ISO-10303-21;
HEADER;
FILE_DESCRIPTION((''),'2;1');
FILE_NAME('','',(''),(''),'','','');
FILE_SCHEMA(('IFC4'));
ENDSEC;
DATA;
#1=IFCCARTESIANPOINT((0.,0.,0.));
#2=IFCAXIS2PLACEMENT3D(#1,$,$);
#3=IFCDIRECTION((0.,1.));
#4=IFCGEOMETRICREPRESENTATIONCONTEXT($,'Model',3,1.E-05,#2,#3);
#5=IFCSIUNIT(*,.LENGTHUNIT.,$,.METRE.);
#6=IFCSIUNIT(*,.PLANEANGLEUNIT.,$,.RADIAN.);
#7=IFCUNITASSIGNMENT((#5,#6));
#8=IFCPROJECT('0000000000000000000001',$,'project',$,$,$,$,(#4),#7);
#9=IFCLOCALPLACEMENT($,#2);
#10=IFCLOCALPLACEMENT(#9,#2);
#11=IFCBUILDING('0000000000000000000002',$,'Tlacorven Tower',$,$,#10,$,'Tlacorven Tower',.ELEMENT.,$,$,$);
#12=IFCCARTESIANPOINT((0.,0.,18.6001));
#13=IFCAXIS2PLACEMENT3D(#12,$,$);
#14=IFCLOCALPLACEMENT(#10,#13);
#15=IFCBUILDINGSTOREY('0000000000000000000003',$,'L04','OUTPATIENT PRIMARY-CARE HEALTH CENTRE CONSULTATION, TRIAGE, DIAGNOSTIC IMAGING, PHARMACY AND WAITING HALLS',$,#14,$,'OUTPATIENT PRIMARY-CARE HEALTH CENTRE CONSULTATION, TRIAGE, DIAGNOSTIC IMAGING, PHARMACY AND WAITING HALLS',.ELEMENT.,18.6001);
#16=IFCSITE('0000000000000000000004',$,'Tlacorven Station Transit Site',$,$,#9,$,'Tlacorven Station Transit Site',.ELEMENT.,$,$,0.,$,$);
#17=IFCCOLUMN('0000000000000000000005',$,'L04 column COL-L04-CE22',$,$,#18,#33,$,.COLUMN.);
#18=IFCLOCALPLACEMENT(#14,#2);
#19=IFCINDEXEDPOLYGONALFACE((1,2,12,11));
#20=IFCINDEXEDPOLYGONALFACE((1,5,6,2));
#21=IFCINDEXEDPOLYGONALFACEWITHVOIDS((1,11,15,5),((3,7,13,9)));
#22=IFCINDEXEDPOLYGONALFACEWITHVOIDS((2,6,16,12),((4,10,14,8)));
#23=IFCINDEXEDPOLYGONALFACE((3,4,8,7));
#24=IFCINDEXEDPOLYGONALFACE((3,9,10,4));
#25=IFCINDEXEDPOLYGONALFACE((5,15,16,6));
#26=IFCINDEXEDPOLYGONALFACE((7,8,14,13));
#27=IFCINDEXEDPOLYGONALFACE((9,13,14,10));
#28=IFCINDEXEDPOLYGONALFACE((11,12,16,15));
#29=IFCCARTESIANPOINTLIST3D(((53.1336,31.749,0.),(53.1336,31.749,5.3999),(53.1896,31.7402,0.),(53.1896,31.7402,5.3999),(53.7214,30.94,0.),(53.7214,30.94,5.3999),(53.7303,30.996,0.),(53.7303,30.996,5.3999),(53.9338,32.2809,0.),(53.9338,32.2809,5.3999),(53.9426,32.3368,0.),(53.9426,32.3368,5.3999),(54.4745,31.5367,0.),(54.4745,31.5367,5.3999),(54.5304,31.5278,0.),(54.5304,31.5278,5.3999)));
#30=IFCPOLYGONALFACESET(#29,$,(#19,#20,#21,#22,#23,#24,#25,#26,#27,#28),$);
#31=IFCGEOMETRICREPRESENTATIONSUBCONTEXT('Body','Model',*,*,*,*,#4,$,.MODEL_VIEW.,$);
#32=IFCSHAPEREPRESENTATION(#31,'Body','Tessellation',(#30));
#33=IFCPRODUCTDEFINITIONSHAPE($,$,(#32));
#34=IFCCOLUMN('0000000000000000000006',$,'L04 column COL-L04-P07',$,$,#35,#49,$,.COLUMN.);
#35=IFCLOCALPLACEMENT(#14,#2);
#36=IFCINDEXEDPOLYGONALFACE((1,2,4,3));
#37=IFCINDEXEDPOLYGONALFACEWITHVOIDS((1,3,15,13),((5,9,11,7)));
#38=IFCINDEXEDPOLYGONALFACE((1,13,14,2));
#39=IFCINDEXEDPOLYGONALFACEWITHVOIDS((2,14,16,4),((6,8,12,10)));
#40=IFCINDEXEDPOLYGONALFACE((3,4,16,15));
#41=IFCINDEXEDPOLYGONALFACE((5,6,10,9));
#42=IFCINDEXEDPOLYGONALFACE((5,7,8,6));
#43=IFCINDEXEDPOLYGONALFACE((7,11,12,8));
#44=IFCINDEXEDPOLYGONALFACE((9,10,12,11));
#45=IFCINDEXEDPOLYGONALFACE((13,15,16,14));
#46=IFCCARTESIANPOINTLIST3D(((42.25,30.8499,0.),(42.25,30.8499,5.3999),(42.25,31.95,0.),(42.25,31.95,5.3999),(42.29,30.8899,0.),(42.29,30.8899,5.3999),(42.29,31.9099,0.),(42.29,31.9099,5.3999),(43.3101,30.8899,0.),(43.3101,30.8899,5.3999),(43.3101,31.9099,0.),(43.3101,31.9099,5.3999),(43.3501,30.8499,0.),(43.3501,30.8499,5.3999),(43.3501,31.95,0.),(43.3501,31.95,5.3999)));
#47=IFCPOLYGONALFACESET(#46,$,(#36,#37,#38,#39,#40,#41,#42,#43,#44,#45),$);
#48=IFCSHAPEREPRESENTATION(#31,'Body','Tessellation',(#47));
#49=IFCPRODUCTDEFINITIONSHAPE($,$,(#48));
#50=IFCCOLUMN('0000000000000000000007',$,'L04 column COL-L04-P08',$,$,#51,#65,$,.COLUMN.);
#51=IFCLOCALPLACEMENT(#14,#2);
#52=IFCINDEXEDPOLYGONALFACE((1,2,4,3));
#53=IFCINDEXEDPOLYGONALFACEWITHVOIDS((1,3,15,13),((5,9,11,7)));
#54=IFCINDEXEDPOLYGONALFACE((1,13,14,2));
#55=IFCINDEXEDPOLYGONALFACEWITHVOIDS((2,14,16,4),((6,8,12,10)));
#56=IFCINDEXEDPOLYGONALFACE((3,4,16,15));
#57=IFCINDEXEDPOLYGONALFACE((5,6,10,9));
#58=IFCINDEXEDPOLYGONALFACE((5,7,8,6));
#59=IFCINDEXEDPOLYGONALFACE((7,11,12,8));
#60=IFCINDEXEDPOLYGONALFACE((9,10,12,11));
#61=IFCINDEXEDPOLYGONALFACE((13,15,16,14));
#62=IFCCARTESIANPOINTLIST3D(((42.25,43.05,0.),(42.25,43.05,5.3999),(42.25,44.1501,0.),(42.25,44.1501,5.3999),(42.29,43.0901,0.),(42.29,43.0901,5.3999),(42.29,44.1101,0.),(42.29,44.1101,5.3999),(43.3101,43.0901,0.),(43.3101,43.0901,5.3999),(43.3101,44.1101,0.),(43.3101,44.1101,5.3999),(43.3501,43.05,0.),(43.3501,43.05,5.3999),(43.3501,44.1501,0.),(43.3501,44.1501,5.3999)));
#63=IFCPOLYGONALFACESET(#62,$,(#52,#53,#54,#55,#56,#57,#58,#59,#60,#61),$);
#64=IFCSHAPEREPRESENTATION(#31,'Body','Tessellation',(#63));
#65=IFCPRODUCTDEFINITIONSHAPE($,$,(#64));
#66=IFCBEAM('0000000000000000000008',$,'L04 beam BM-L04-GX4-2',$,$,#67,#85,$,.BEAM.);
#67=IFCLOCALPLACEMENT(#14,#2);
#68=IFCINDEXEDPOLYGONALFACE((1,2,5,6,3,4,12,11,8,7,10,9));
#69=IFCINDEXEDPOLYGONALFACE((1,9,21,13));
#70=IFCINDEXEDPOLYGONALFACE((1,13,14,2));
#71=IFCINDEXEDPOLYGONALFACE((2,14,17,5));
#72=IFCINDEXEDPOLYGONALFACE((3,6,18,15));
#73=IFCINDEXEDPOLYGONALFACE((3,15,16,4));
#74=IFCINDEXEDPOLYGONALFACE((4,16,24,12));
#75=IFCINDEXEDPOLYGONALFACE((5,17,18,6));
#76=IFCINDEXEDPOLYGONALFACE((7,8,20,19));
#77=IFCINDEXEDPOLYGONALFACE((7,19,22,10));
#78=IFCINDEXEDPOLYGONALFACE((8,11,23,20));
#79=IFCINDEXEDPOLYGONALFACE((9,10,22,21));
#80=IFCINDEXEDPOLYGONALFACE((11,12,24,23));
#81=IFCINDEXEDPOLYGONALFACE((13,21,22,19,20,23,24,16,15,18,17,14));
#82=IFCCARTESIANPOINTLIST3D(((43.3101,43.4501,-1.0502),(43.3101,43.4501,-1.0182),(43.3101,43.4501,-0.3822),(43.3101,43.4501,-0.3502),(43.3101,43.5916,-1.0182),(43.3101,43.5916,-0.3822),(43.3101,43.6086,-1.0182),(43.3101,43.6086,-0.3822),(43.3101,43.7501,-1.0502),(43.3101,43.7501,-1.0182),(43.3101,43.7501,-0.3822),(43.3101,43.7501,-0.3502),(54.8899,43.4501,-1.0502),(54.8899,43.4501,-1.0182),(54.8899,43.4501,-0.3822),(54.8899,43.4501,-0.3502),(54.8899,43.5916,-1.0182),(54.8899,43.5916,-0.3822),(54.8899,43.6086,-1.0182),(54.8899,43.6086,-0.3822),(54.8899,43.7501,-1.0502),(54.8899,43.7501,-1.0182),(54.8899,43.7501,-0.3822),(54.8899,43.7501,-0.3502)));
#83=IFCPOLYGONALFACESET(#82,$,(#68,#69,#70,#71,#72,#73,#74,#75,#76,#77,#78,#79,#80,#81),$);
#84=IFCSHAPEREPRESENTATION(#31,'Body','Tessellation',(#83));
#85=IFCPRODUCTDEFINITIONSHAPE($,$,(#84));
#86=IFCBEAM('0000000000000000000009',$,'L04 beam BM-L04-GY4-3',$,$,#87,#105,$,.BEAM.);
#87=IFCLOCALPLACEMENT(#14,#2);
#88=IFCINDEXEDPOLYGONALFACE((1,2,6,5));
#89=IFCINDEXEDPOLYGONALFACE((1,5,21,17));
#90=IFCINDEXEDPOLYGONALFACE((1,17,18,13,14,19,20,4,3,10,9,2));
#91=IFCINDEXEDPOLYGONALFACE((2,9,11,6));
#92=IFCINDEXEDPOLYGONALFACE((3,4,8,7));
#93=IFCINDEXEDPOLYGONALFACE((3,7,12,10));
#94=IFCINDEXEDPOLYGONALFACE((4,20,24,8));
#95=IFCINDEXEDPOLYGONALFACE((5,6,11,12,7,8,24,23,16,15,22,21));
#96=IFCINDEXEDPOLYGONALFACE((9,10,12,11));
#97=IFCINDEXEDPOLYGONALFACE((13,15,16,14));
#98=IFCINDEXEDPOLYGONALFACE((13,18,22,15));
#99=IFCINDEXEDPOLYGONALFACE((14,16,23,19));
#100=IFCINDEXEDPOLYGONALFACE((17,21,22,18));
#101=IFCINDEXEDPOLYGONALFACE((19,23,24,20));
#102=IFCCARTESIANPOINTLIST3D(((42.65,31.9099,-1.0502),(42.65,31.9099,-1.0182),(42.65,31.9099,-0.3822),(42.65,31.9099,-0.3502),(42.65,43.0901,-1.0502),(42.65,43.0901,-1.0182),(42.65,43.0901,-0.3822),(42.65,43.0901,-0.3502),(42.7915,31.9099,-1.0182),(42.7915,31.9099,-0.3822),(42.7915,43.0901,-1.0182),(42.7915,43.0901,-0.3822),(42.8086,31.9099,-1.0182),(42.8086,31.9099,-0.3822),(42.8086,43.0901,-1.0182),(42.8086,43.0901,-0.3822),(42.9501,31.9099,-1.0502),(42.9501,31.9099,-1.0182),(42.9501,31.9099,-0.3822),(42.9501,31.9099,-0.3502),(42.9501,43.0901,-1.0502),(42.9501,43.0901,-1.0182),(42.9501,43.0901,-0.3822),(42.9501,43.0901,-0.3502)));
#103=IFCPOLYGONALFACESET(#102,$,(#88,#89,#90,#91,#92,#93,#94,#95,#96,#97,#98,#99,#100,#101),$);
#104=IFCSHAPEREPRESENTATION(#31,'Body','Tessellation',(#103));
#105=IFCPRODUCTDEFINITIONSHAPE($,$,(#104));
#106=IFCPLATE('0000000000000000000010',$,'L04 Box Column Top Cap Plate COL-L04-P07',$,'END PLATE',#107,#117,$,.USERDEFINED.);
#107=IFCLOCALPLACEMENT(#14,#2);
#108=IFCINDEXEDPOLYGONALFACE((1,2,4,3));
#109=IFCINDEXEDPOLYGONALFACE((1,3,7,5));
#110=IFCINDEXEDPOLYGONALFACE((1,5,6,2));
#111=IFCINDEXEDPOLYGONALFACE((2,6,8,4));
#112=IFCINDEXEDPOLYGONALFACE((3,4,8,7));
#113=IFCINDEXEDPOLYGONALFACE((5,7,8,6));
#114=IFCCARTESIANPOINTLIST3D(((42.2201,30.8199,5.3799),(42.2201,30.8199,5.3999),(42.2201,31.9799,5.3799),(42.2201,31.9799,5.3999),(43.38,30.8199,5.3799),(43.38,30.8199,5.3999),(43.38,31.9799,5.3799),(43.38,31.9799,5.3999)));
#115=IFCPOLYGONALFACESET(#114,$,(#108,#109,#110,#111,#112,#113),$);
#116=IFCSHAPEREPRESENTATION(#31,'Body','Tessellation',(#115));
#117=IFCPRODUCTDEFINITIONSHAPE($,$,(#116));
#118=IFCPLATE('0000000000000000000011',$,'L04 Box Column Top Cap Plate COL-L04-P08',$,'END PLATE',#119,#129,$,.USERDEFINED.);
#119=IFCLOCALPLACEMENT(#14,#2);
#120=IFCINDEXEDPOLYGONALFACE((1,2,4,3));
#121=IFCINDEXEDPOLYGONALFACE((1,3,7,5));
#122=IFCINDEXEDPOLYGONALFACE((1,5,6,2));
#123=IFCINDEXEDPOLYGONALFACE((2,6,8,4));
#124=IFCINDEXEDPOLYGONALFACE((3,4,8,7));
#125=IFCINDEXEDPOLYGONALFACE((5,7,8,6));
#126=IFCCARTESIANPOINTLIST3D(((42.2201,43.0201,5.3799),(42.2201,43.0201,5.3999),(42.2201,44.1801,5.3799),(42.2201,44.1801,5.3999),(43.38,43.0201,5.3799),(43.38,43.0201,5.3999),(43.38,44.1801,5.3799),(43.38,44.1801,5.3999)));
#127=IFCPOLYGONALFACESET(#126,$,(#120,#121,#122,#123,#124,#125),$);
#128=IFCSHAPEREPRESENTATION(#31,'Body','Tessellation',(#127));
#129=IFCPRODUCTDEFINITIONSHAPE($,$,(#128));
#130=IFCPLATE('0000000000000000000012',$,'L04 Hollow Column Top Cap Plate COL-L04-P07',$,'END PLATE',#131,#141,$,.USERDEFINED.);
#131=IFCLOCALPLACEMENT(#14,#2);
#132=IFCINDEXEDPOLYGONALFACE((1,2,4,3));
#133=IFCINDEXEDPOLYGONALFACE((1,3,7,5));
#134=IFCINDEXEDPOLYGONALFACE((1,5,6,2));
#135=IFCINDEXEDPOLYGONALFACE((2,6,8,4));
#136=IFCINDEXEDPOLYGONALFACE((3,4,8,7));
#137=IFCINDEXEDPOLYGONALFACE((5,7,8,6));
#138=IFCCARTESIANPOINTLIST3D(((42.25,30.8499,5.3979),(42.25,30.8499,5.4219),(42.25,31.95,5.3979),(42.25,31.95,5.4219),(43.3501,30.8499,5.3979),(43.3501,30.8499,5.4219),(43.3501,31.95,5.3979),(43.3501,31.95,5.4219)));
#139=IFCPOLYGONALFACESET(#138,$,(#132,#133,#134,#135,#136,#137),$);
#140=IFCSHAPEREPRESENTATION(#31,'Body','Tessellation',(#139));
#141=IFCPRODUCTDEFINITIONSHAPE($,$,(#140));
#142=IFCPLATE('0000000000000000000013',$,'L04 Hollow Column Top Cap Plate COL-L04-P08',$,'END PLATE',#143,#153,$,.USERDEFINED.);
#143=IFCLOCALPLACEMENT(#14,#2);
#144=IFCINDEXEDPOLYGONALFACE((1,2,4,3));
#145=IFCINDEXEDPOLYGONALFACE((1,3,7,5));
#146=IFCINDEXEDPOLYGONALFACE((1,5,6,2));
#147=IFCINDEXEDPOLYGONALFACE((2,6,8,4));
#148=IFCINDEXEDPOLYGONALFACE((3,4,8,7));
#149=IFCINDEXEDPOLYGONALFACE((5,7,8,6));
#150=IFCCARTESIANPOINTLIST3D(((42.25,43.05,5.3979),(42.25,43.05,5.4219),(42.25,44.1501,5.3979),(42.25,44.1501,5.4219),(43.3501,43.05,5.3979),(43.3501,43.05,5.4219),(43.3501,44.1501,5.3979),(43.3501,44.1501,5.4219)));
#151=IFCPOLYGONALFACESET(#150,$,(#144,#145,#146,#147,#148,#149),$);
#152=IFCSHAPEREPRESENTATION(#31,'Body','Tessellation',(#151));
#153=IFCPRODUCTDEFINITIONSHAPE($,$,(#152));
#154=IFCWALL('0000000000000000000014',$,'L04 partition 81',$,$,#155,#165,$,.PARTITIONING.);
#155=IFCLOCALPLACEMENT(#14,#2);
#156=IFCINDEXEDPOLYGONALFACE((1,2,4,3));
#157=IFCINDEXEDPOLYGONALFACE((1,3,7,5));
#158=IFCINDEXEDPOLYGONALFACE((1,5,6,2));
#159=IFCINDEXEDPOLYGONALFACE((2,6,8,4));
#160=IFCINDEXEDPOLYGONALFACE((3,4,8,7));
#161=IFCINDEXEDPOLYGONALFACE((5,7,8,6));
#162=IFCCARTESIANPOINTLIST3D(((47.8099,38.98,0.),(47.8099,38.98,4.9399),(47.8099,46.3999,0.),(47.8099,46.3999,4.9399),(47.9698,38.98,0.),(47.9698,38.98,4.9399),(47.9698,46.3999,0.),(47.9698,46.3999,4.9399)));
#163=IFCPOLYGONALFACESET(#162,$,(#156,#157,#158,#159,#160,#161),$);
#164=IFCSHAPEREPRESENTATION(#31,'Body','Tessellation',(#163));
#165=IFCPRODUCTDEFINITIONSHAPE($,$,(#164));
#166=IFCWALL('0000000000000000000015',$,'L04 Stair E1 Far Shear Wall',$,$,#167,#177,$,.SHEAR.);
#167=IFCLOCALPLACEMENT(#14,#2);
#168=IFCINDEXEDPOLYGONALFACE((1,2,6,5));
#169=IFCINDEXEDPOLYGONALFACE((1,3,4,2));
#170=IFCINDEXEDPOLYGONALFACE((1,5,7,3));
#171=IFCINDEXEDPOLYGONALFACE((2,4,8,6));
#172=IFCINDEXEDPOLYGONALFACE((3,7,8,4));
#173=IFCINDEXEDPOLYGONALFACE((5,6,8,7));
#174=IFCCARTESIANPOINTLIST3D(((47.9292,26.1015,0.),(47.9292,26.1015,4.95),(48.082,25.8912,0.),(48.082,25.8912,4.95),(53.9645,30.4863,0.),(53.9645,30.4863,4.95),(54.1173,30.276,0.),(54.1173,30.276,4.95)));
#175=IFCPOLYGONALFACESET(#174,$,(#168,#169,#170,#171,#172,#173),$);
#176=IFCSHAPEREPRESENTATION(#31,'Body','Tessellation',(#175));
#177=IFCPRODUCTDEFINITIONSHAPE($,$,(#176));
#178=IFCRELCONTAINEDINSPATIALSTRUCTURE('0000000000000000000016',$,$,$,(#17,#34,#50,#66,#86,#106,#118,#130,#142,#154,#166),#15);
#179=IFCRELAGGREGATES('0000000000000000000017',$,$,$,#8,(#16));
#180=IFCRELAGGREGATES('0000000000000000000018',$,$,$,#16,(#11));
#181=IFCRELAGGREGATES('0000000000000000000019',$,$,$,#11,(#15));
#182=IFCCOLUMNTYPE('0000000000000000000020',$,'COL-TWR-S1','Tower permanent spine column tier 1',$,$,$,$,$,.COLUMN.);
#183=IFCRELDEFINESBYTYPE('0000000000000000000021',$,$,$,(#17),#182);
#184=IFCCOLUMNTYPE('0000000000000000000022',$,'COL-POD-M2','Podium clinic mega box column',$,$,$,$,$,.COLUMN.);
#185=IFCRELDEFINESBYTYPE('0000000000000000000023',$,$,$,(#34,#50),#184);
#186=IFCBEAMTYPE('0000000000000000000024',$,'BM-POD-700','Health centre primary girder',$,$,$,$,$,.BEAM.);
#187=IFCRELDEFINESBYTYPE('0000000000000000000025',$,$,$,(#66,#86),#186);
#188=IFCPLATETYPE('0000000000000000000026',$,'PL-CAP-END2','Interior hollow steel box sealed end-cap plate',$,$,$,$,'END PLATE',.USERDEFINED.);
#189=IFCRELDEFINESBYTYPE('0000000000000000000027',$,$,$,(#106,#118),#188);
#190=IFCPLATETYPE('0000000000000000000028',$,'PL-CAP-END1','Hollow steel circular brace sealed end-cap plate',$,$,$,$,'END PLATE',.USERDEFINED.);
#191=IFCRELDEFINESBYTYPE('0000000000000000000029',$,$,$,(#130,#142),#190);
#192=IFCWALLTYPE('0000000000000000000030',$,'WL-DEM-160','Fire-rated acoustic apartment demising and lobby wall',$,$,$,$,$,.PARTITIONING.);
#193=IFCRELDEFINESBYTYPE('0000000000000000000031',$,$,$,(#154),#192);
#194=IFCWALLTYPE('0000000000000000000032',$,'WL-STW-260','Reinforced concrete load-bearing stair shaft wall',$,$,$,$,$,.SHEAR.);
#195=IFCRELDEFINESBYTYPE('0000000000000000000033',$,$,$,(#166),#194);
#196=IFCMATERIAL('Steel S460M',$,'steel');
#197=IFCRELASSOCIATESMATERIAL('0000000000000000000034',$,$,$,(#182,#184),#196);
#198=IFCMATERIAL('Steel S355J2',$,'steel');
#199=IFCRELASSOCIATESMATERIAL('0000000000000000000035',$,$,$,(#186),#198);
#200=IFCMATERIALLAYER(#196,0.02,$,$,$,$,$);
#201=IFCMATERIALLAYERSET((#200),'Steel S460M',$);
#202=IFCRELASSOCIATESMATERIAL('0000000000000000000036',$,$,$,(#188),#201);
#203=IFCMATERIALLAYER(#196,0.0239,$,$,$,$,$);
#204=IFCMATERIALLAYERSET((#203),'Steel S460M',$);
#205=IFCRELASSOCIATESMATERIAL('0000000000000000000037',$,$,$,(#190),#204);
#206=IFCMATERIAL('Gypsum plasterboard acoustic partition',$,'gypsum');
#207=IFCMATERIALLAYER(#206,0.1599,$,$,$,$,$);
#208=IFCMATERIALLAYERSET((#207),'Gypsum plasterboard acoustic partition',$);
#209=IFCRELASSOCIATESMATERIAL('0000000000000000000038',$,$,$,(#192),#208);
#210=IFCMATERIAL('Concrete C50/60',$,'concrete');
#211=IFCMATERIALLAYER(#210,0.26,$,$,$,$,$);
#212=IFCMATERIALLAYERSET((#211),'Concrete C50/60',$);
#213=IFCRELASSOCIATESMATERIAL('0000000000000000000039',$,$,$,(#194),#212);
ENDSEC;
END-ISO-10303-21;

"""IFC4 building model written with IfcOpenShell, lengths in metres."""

from ifc_helpers import new_model, si_unit, direction, frame, frame_2d, origin, origin_2d, place, context, subcontext, project, spatial, rectangle, hollow_rectangle, i_section, extrude, source, transform, mapped, material, layer, layer_set, material_profile, profile_set, type_object, element, save


model = new_model("IFC4")

# Units and contexts
model_context = context("Model", 3, precision=1e-05, world=origin(), true_north=direction((0.0, 1.0)))
body_context = subcontext(model_context, "Body", "Model", "MODEL_VIEW")
ifc_project = project(units=[si_unit("LENGTHUNIT", "METRE"), si_unit("PLANEANGLEUNIT", "RADIAN")], contexts=[model_context])

# Site, building, storey
site_placement = place(None, origin())
site = spatial("IfcSite", under=ifc_project, at=site_placement, Name="Tlacorven Station Transit Site", LongName="Tlacorven Station Transit Site", CompositionType="ELEMENT", RefElevation=0.0)
building_placement = place(site_placement, origin())
building = spatial("IfcBuilding", under=site, at=building_placement, Name="Tlacorven Tower", LongName="Tlacorven Tower", CompositionType="ELEMENT")
storey_placement = place(building_placement, frame((0.0, 0.0, 18.6001)))
storey = spatial("IfcBuildingStorey", under=building, at=storey_placement, Name="L04", Description="OUTPATIENT PRIMARY-CARE HEALTH CENTRE CONSULTATION, TRIAGE, DIAGNOSTIC IMAGING, PHARMACY AND WAITING HALLS", LongName="OUTPATIENT PRIMARY-CARE HEALTH CENTRE CONSULTATION, TRIAGE, DIAGNOSTIC IMAGING, PHARMACY AND WAITING HALLS", CompositionType="ELEMENT", Elevation=18.6001)

# Columns
ifc_material_1 = material(Name="Steel S460M", Category="steel")
ifc_material_profile_1 = material_profile(ifc_material_1, hollow_rectangle(XDim=1.0, YDim=1.0, WallThickness=0.04, at=origin_2d()), Name="BOX 1000X1000X40")
ifc_profile_set_1 = profile_set([ifc_material_profile_1], Name="Steel S460M")
column_type_1 = type_object("IfcColumnType", Name="COL-TWR-S1", Description="Tower permanent spine column tier 1", PredefinedType="COLUMN", material=ifc_profile_set_1)
shared_shape_1 = source(origin(), body_context, "Body", "SweptSolid", [
    extrude(hollow_rectangle(XDim=1.0, YDim=1.0, WallThickness=0.04, at=origin_2d()), origin(), (0.0, 0.0, 1.0), 5.3999),
])
column_placement = place(storey_placement, frame((53.832, 31.6384, 0.0), z_axis=(0.0, 0.0, 1.0), x_axis=(0.809017, 0.587785, 0.0)))
element("IfcColumn", 1, at=column_placement, inside=storey, type_object=column_type_1, Name="L04 column COL-L04-CE22", PredefinedType="COLUMN", context=body_context, shape_type="MappedRepresentation", body=[
    mapped(shared_shape_1, transform((0.0, 0.0, 0.0), scale=1.0)),
])
ifc_material_profile_2 = material_profile(ifc_material_1, hollow_rectangle(XDim=1.1001, YDim=1.1001, WallThickness=0.04, at=origin_2d()), Name="BOX 1100X1100X40")
ifc_profile_set_2 = profile_set([ifc_material_profile_2], Name="Steel S460M")
column_type_2 = type_object("IfcColumnType", Name="COL-POD-M2", Description="Podium clinic mega box column", PredefinedType="COLUMN", material=ifc_profile_set_2)
shared_shape_2 = source(origin(), body_context, "Body", "SweptSolid", [
    extrude(hollow_rectangle(XDim=1.1001, YDim=1.1001, WallThickness=0.04, at=origin_2d()), origin(), (0.0, 0.0, 1.0), 5.3999),
])
for number, where, z_axis, x_axis, name in (
    (2, (42.8, 31.3999, 0.0), (0.0, 0.0, 1.0), (1.0, 0.0, 0.0), "L04 column COL-L04-P07"),
    (3, (42.8, 43.6001, 0.0), (0.0, 0.0, 1.0), (1.0, 0.0, 0.0), "L04 column COL-L04-P08"),
):
    element("IfcColumn", number, at=place(storey_placement, frame(where, z_axis=z_axis, x_axis=x_axis)), inside=storey, type_object=column_type_2, Name=name, PredefinedType="COLUMN", context=body_context, shape_type="MappedRepresentation", body=[
        mapped(shared_shape_2, transform((0.0, 0.0, 0.0), scale=1.0)),
    ])

# Beams
ifc_material_2 = material(Name="Steel S355J2", Category="steel")
ifc_material_profile_3 = material_profile(ifc_material_2, i_section(OverallWidth=0.3, OverallDepth=0.7, WebThickness=0.0171, FlangeThickness=0.032, at=origin_2d()), Name="HEB 700")
ifc_profile_set_3 = profile_set([ifc_material_profile_3], Name="Steel S355J2")
beam_type = type_object("IfcBeamType", Name="BM-POD-700", Description="Health centre primary girder", PredefinedType="BEAM", material=ifc_profile_set_3)
shared_shape_3 = source(origin(), body_context, "Body", "SweptSolid", [
    extrude(i_section(OverallWidth=0.3, OverallDepth=0.7, WebThickness=0.0171, FlangeThickness=0.032, at=origin_2d()), origin(), (0.0, 0.0, 1.0), 11.5798),
])
beam_1_placement = place(storey_placement, frame((43.3101, 43.6001, -0.7002), z_axis=(1.0, 0.0, 0.0), x_axis=(0.0, 1.0, 0.0)))
element("IfcBeam", 4, at=beam_1_placement, inside=storey, type_object=beam_type, Name="L04 beam BM-L04-GX4-2", PredefinedType="BEAM", context=body_context, shape_type="MappedRepresentation", body=[
    mapped(shared_shape_3, transform((0.0, 0.0, 0.0), scale=1.0)),
])
shared_shape_4 = source(origin(), body_context, "Body", "SweptSolid", [
    extrude(i_section(OverallWidth=0.3, OverallDepth=0.7, WebThickness=0.0171, FlangeThickness=0.032, at=origin_2d()), origin(), (0.0, 0.0, 1.0), 11.1802),
])
beam_2_placement = place(storey_placement, frame((42.8, 31.9099, -0.7002), z_axis=(0.0, 1.0, 0.0), x_axis=(-1.0, 0.0, 0.0)))
element("IfcBeam", 5, at=beam_2_placement, inside=storey, type_object=beam_type, Name="L04 beam BM-L04-GY4-3", PredefinedType="BEAM", context=body_context, shape_type="MappedRepresentation", body=[
    mapped(shared_shape_4, transform((0.0, 0.0, 0.0), scale=1.0)),
])

# Plates
ifc_layer_1 = layer(ifc_material_1, 0.02)
ifc_layer_set_1 = layer_set([ifc_layer_1], Name="Steel S460M")
plate_type_1 = type_object("IfcPlateType", Name="PL-CAP-END2", Description="Interior hollow steel box sealed end-cap plate", ElementType="END PLATE", PredefinedType="USERDEFINED", material=ifc_layer_set_1)
shared_shape_5 = source(origin(), body_context, "Body", "SweptSolid", [
    extrude(rectangle(XDim=1.1599, YDim=1.1599, at=origin_2d()), origin(), (0.0, 0.0, 1.0), 0.02),
])
for number, where, z_axis, x_axis, name in (
    (6, (42.8, 31.3999, 5.3799), (0.0, 0.0, 1.0), (1.0, 0.0, 0.0), "L04 Box Column Top Cap Plate COL-L04-P07"),
    (7, (42.8, 43.6001, 5.3799), (0.0, 0.0, 1.0), (1.0, 0.0, 0.0), "L04 Box Column Top Cap Plate COL-L04-P08"),
):
    element("IfcPlate", number, at=place(storey_placement, frame(where, z_axis=z_axis, x_axis=x_axis)), inside=storey, type_object=plate_type_1, Name=name, ObjectType="END PLATE", PredefinedType="USERDEFINED", context=body_context, shape_type="MappedRepresentation", body=[
        mapped(shared_shape_5, transform((0.0, 0.0, 0.0), scale=1.0)),
    ])
ifc_layer_2 = layer(ifc_material_1, 0.0239)
ifc_layer_set_2 = layer_set([ifc_layer_2], Name="Steel S460M")
plate_type_2 = type_object("IfcPlateType", Name="PL-CAP-END1", Description="Hollow steel circular brace sealed end-cap plate", ElementType="END PLATE", PredefinedType="USERDEFINED", material=ifc_layer_set_2)
shared_shape_6 = source(origin(), body_context, "Body", "SweptSolid", [
    extrude(rectangle(XDim=1.1001, YDim=1.1001, at=origin_2d()), origin(), (0.0, 0.0, 1.0), 0.0239),
])
for number, where, z_axis, x_axis, name in (
    (8, (42.8, 31.3999, 5.3979), (0.0, 0.0, 1.0), (1.0, 0.0, 0.0), "L04 Hollow Column Top Cap Plate COL-L04-P07"),
    (9, (42.8, 43.6001, 5.3979), (0.0, 0.0, 1.0), (1.0, 0.0, 0.0), "L04 Hollow Column Top Cap Plate COL-L04-P08"),
):
    element("IfcPlate", number, at=place(storey_placement, frame(where, z_axis=z_axis, x_axis=x_axis)), inside=storey, type_object=plate_type_2, Name=name, ObjectType="END PLATE", PredefinedType="USERDEFINED", context=body_context, shape_type="MappedRepresentation", body=[
        mapped(shared_shape_6, transform((0.0, 0.0, 0.0), scale=1.0)),
    ])

# Walls
ifc_material_3 = material(Name="Gypsum plasterboard acoustic partition", Category="gypsum")
ifc_layer_3 = layer(ifc_material_3, 0.1599)
ifc_layer_set_3 = layer_set([ifc_layer_3], Name="Gypsum plasterboard acoustic partition")
wall_type_1 = type_object("IfcWallType", Name="WL-DEM-160", Description="Fire-rated acoustic apartment demising and lobby wall", PredefinedType="PARTITIONING", material=ifc_layer_set_3)
wall_1_placement = place(storey_placement, frame((47.8899, 38.98, 0.0), z_axis=(0.0, 0.0, 1.0), x_axis=(0.0, 1.0, 0.0)))
element("IfcWall", 10, at=wall_1_placement, inside=storey, type_object=wall_type_1, Name="L04 partition 81", PredefinedType="PARTITIONING", context=body_context, shape_type="SweptSolid", body=[
    extrude(rectangle(XDim=7.4199, YDim=0.1599, at=frame_2d((3.71, 0.0))), origin(), (0.0, 0.0, 1.0), 4.9399),
])
ifc_material_4 = material(Name="Concrete C50/60", Category="concrete")
ifc_layer_4 = layer(ifc_material_4, 0.26)
ifc_layer_set_4 = layer_set([ifc_layer_4], Name="Concrete C50/60")
wall_type_2 = type_object("IfcWallType", Name="WL-STW-260", Description="Reinforced concrete load-bearing stair shaft wall", PredefinedType="SHEAR", material=ifc_layer_set_4)
wall_2_placement = place(storey_placement, frame((48.0056, 25.9963, 0.0), z_axis=(0.0, 0.0, 1.0), x_axis=(0.809019, 0.587782, 0.0)))
element("IfcWall", 11, at=wall_2_placement, inside=storey, type_object=wall_type_2, Name="L04 Stair E1 Far Shear Wall", PredefinedType="SHEAR", context=body_context, shape_type="SweptSolid", body=[
    extrude(rectangle(XDim=7.46, YDim=0.26, at=frame_2d((3.73, 0.0))), origin(), (0.0, 0.0, 1.0), 4.95),
])

save(model, "model.ifc")
